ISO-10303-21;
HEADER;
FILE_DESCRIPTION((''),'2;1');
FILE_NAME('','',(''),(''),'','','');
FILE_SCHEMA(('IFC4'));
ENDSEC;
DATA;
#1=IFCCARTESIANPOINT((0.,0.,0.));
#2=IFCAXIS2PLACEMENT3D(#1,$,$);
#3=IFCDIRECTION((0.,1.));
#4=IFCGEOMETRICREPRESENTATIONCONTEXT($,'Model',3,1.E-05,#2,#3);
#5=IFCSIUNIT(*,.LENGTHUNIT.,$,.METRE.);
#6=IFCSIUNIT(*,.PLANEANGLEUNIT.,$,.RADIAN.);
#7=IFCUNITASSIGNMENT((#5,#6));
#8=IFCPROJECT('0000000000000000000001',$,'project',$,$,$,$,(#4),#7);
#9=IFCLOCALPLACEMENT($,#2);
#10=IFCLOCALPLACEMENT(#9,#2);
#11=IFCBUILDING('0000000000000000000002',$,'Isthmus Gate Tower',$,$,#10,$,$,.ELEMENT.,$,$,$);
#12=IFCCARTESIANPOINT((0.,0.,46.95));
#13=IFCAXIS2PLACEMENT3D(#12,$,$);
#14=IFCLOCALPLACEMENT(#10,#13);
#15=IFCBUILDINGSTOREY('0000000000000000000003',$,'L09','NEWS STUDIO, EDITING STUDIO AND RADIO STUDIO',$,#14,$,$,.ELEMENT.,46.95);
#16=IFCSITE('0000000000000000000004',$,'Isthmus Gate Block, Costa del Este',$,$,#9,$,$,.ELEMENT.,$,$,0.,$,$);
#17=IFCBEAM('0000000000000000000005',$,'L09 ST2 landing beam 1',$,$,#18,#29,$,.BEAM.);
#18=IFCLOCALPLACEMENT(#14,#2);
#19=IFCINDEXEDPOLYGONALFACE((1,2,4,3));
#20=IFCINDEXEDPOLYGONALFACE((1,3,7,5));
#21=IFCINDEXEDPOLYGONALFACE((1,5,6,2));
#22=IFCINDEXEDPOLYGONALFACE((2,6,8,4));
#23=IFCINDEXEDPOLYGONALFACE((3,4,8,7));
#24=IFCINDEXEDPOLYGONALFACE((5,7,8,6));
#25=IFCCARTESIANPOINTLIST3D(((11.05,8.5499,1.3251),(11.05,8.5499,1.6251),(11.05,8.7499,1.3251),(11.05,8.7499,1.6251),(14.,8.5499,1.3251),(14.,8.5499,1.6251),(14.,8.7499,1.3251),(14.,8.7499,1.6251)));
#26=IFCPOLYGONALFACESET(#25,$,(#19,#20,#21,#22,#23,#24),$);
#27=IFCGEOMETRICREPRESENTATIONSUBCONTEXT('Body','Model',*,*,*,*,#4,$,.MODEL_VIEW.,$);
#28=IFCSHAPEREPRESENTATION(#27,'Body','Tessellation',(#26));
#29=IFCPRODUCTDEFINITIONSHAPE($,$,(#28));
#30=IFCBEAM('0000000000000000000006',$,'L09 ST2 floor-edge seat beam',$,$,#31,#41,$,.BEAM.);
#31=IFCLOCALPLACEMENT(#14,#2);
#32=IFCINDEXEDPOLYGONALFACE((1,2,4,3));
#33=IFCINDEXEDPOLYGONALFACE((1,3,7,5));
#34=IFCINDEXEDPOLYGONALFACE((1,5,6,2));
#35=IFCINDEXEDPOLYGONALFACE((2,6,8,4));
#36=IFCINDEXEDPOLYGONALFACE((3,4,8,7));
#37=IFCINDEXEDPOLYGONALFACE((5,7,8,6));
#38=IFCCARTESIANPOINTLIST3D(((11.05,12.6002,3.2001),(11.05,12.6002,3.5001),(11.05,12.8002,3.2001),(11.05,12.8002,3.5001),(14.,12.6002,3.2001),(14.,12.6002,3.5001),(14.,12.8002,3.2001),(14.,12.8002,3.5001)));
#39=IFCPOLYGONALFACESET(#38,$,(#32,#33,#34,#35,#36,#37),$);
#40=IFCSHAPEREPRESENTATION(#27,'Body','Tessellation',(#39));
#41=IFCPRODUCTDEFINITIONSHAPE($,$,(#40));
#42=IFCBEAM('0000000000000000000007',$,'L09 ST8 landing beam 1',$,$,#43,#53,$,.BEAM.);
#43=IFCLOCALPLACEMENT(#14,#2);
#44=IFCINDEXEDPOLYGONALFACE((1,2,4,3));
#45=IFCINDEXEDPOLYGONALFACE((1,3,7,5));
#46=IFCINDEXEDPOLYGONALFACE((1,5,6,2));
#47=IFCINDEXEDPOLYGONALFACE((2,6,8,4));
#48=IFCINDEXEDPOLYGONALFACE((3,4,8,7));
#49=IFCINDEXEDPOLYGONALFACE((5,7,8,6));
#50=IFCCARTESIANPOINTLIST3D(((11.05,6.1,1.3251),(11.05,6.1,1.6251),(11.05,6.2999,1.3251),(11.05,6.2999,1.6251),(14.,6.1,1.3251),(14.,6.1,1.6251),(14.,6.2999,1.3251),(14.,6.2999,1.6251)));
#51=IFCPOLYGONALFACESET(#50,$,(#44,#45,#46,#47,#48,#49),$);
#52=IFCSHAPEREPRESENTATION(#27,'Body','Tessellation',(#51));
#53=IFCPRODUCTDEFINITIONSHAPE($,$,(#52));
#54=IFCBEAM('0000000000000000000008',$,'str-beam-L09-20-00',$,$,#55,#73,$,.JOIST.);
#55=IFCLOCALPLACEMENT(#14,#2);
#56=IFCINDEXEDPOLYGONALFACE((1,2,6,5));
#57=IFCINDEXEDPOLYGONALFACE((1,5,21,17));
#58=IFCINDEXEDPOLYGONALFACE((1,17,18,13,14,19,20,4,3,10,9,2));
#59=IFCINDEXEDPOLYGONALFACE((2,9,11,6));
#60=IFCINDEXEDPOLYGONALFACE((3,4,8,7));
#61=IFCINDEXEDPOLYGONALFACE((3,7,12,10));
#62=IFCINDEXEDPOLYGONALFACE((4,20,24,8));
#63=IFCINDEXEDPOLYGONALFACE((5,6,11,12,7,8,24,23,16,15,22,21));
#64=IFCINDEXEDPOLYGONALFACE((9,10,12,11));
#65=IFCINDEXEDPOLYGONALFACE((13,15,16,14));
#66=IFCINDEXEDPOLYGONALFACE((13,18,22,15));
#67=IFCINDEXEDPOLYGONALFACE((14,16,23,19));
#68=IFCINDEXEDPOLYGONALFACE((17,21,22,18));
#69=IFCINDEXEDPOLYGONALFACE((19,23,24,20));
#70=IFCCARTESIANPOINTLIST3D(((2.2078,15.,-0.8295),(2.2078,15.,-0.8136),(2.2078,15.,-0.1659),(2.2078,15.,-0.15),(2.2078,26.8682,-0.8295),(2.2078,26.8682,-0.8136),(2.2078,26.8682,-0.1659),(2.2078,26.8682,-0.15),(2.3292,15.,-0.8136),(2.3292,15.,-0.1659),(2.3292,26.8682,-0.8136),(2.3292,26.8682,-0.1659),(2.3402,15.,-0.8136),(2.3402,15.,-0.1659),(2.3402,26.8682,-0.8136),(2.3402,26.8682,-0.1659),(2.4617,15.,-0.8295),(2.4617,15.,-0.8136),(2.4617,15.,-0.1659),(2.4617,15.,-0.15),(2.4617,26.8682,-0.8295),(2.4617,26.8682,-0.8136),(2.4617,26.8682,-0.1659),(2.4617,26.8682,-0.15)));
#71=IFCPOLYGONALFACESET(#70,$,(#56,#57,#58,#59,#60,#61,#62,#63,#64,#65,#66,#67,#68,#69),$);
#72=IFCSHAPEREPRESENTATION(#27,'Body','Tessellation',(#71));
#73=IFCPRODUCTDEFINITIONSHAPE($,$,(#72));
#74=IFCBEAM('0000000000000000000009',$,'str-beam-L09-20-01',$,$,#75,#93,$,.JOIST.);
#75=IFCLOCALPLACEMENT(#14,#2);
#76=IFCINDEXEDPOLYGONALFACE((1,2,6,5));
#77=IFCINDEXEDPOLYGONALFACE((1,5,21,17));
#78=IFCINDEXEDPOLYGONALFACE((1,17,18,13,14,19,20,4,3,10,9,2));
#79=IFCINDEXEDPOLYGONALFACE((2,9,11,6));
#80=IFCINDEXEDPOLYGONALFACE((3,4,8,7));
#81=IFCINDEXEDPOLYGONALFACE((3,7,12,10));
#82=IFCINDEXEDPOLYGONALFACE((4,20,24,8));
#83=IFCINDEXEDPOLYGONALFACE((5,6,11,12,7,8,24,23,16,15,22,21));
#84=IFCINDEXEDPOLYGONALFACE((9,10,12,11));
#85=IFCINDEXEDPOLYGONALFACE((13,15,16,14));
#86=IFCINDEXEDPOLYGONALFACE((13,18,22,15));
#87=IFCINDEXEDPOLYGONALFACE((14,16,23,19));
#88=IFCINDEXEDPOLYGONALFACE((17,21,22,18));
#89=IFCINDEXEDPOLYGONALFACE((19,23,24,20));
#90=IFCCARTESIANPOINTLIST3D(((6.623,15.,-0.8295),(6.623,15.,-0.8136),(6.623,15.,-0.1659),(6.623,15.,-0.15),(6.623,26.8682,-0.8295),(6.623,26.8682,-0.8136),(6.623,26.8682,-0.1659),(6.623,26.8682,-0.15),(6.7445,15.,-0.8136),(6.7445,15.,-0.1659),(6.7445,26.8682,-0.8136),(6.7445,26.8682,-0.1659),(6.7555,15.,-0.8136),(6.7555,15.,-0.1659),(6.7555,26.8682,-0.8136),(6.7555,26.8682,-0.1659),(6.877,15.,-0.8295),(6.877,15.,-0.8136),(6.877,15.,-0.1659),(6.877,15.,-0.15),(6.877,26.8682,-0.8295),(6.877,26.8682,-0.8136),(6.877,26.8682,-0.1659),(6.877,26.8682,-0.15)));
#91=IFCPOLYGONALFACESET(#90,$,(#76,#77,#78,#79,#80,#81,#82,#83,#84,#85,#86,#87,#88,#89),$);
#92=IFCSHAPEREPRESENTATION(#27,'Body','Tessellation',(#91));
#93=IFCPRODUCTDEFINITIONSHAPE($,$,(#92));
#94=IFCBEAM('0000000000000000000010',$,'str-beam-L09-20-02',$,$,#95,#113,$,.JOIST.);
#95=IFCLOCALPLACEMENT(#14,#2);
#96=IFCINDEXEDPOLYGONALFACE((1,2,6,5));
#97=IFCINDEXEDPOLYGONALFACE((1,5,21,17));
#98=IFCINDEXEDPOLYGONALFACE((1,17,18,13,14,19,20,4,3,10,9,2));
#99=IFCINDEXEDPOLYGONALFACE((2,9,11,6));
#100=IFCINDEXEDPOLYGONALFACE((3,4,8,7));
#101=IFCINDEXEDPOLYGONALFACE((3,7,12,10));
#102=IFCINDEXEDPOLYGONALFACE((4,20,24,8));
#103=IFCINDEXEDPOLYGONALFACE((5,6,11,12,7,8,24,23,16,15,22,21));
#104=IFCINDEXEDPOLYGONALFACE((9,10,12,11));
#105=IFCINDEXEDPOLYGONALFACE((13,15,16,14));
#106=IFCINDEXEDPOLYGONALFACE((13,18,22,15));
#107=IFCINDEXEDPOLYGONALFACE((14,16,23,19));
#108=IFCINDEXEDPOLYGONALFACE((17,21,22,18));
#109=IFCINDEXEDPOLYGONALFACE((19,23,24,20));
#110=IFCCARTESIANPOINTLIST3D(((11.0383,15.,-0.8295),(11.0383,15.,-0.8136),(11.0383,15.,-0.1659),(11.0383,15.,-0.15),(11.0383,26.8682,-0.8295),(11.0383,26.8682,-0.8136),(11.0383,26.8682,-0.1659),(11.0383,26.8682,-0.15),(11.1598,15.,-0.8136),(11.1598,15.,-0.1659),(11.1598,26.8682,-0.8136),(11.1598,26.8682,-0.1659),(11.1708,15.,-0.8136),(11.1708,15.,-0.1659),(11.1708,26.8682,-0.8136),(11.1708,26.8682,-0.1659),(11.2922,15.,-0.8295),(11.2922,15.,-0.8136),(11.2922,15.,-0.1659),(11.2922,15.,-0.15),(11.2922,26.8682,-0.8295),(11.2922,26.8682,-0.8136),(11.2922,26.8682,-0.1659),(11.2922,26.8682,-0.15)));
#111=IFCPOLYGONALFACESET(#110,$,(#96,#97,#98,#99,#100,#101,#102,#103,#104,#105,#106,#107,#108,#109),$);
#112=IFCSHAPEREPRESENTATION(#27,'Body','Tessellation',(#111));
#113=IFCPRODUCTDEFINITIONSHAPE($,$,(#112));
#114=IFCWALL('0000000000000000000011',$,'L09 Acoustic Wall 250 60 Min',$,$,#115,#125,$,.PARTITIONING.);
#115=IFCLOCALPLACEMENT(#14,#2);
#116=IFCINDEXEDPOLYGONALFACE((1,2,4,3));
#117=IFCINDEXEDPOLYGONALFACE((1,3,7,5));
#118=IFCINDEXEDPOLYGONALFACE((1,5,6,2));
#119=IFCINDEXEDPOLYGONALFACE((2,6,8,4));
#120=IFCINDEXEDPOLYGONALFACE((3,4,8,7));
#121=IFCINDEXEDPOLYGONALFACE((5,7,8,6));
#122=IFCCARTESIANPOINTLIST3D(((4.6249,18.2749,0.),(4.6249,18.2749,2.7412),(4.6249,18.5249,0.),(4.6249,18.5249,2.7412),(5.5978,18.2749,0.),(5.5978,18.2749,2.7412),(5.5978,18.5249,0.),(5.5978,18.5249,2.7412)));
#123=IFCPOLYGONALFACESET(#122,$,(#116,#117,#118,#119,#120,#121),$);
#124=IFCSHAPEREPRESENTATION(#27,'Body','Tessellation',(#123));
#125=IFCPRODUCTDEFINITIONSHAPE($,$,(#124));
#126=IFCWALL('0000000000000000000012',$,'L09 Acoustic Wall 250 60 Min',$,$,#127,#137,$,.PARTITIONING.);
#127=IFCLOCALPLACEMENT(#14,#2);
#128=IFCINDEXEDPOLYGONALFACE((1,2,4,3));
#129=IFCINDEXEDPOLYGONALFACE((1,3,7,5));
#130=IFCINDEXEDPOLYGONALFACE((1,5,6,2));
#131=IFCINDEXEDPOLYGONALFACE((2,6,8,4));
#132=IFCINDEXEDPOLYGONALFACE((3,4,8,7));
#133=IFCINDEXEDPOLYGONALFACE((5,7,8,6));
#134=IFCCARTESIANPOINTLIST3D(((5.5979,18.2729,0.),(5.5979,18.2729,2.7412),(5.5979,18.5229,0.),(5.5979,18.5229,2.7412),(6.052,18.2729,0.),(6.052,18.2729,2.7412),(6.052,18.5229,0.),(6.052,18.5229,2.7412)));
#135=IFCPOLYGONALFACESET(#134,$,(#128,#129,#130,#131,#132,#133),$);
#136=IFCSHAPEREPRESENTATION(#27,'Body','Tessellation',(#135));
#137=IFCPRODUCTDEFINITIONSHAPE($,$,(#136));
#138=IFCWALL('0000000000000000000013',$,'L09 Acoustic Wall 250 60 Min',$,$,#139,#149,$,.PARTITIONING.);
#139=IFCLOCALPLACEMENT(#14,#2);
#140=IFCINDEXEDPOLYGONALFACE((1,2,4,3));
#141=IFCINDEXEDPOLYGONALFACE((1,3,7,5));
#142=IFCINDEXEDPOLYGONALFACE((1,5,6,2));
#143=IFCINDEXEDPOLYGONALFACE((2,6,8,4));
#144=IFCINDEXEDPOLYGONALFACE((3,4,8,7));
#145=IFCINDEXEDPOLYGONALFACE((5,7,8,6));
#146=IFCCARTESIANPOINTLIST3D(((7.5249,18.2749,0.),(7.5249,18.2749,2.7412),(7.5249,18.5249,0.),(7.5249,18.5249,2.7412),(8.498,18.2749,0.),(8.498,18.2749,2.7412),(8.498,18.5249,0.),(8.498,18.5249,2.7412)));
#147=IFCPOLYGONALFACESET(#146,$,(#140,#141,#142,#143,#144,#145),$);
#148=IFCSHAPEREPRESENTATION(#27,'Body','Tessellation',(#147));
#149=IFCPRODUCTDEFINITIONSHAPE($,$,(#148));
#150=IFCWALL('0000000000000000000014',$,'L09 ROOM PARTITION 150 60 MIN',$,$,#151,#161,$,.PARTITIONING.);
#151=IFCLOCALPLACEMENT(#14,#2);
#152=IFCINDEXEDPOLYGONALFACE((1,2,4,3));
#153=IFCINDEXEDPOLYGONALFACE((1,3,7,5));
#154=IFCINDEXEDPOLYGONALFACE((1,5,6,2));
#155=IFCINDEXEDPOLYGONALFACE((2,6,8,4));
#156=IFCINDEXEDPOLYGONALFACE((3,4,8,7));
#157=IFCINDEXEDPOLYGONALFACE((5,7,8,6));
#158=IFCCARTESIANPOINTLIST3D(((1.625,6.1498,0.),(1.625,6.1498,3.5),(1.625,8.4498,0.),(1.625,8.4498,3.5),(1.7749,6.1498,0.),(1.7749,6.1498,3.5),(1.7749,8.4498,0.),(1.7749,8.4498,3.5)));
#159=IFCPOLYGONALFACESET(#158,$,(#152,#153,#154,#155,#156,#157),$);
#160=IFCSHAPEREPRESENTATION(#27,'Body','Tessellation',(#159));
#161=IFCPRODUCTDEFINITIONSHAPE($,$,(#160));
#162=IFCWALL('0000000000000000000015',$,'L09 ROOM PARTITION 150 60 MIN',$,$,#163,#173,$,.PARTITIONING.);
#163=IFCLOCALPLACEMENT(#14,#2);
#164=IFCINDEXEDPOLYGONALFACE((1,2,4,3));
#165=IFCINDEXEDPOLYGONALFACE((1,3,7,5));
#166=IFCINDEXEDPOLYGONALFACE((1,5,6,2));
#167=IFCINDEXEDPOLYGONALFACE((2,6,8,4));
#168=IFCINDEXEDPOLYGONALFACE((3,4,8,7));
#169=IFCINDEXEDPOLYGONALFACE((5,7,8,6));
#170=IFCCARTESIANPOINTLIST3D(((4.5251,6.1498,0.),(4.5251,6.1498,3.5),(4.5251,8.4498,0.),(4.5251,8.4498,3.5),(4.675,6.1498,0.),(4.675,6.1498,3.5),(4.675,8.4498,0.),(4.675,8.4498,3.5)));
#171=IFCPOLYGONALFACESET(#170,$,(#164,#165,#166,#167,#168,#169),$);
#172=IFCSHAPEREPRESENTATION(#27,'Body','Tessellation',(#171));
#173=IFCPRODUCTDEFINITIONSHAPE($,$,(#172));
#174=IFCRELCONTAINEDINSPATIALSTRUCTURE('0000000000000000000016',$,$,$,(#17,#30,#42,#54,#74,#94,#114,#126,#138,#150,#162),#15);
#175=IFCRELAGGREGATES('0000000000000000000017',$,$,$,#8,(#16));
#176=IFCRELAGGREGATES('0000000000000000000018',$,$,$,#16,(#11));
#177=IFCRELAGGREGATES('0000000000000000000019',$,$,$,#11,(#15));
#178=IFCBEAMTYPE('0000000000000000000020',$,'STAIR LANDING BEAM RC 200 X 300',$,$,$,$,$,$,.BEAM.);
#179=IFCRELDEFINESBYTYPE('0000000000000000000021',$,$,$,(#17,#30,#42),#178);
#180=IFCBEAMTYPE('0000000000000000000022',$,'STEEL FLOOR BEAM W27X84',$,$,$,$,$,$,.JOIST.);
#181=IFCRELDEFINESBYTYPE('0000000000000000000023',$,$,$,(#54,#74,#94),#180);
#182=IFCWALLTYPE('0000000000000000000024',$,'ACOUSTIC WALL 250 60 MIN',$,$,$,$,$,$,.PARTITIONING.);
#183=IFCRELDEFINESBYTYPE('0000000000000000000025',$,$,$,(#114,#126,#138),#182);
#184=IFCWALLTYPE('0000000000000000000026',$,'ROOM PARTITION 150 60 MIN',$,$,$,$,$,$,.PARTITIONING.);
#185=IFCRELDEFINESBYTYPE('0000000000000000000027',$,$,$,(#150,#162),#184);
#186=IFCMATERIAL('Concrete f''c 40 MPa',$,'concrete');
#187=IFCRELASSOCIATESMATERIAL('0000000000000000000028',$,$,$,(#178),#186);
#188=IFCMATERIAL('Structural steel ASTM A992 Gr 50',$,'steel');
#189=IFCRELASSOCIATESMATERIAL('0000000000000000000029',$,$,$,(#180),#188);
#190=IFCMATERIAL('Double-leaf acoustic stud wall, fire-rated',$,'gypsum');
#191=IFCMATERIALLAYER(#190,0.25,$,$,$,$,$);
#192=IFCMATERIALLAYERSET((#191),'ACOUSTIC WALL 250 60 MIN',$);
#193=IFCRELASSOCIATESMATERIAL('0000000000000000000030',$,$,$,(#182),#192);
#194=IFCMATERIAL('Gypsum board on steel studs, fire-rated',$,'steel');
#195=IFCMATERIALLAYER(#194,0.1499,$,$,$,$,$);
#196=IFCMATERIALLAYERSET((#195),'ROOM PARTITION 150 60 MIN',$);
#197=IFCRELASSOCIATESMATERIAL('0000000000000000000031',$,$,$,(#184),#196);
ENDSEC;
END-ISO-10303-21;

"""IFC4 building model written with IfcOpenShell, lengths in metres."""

from ifc_helpers import new_model, si_unit, direction, frame, frame_2d, origin, origin_2d, place, context, subcontext, project, spatial, rectangle, i_section, extrude, material, layer, layer_set, material_profile, profile_set, type_object, element, save


model = new_model("IFC4")

# Units and contexts
model_context = context("Model", 3, precision=1e-05, world=origin(), true_north=direction((0.0, 1.0)))
body_context = subcontext(model_context, "Body", "Model", "MODEL_VIEW")
ifc_project = project(units=[si_unit("LENGTHUNIT", "METRE"), si_unit("PLANEANGLEUNIT", "RADIAN")], contexts=[model_context])

# Site, building, storey
site_placement = place(None, origin())
site = spatial("IfcSite", under=ifc_project, at=site_placement, Name="Isthmus Gate Block, Costa del Este", CompositionType="ELEMENT", RefElevation=0.0)
building_placement = place(site_placement, origin())
building = spatial("IfcBuilding", under=site, at=building_placement, Name="Isthmus Gate Tower", CompositionType="ELEMENT")
storey_placement = place(building_placement, frame((0.0, 0.0, 46.95)))
storey = spatial("IfcBuildingStorey", under=building, at=storey_placement, Name="L09", Description="NEWS STUDIO, EDITING STUDIO AND RADIO STUDIO", CompositionType="ELEMENT", Elevation=46.95)

# Beams
ifc_material_1 = material(Name="Concrete f'c 40 MPa", Category="concrete")
ifc_material_profile_1 = material_profile(ifc_material_1, rectangle(XDim=0.2, YDim=0.3, at=origin_2d()), Name="STAIR LANDING BEAM RC 200 X 300")
ifc_profile_set_1 = profile_set([ifc_material_profile_1], Name="Concrete f'c 40 MPa")
beam_type_1 = type_object("IfcBeamType", Name="STAIR LANDING BEAM RC 200 X 300", PredefinedType="BEAM", material=ifc_profile_set_1)
for number, where, z_axis, x_axis, name in (
    (1, (11.05, 8.6499, 1.4751), (1.0, 0.0, 0.0), (0.0, 1.0, 0.0), "L09 ST2 landing beam 1"),
    (2, (11.05, 12.7002, 3.3501), (1.0, 0.0, 0.0), (0.0, 1.0, 0.0), "L09 ST2 floor-edge seat beam"),
    (3, (11.05, 6.2, 1.4751), (1.0, 0.0, 0.0), (0.0, 1.0, 0.0), "L09 ST8 landing beam 1"),
):
    element("IfcBeam", number, at=place(storey_placement, frame(where, z_axis=z_axis, x_axis=x_axis)), inside=storey, type_object=beam_type_1, Name=name, PredefinedType="BEAM", context=body_context, shape_type="SweptSolid", body=[
        extrude(rectangle(XDim=0.2, YDim=0.3, at=origin_2d()), origin(), (0.0, 0.0, 1.0), 2.95),
    ])
ifc_material_2 = material(Name="Structural steel ASTM A992 Gr 50", Category="steel")
ifc_material_profile_2 = material_profile(ifc_material_2, i_section(OverallWidth=0.2539, OverallDepth=0.6794, WebThickness=0.011, FlangeThickness=0.0159, at=origin_2d()), Name="W27X84")
ifc_profile_set_2 = profile_set([ifc_material_profile_2], Name="Structural steel ASTM A992 Gr 50")
beam_type_2 = type_object("IfcBeamType", Name="STEEL FLOOR BEAM W27X84", PredefinedType="JOIST", material=ifc_profile_set_2)
for number, where, z_axis, x_axis, name in (
    (4, (2.3347, 15.0, -0.4897), (0.0, 1.0, 0.0), (-1.0, 0.0, 0.0), "str-beam-L09-20-00"),
    (5, (6.75, 15.0, -0.4897), (0.0, 1.0, 0.0), (-1.0, 0.0, 0.0), "str-beam-L09-20-01"),
    (6, (11.1653, 15.0, -0.4897), (0.0, 1.0, 0.0), (-1.0, 0.0, 0.0), "str-beam-L09-20-02"),
):
    element("IfcBeam", number, at=place(storey_placement, frame(where, z_axis=z_axis, x_axis=x_axis)), inside=storey, type_object=beam_type_2, Name=name, PredefinedType="JOIST", context=body_context, shape_type="SweptSolid", body=[
        extrude(i_section(OverallWidth=0.2539, OverallDepth=0.6794, WebThickness=0.011, FlangeThickness=0.0159, at=origin_2d()), origin(), (0.0, 0.0, 1.0), 11.8682),
    ])

# Walls
ifc_material_3 = material(Name="Double-leaf acoustic stud wall, fire-rated", Category="gypsum")
ifc_layer_1 = layer(ifc_material_3, 0.25)
ifc_layer_set_1 = layer_set([ifc_layer_1], Name="ACOUSTIC WALL 250 60 MIN")
wall_type_1 = type_object("IfcWallType", Name="ACOUSTIC WALL 250 60 MIN", PredefinedType="PARTITIONING", material=ifc_layer_set_1)
wall_1_placement = place(storey_placement, frame((4.625, 18.3999, 0.0), z_axis=(0.0, 0.0, 1.0), x_axis=(1.0, 0.0, 0.0)))
element("IfcWall", 7, at=wall_1_placement, inside=storey, type_object=wall_type_1, Name="L09 Acoustic Wall 250 60 Min", PredefinedType="PARTITIONING", context=body_context, shape_type="SweptSolid", body=[
    extrude(rectangle(XDim=0.9729, YDim=0.25, at=frame_2d((0.4863, 0.0))), origin(), (0.0, 0.0, 1.0), 2.7412),
])
wall_2_placement = place(storey_placement, frame((5.5979, 18.3979, 0.0), z_axis=(0.0, 0.0, 1.0), x_axis=(1.0, 0.0, 0.0)))
element("IfcWall", 8, at=wall_2_placement, inside=storey, type_object=wall_type_1, Name="L09 Acoustic Wall 250 60 Min", PredefinedType="PARTITIONING", context=body_context, shape_type="SweptSolid", body=[
    extrude(rectangle(XDim=0.4541, YDim=0.25, at=frame_2d((0.2271, 0.0))), origin(), (0.0, 0.0, 1.0), 2.7412),
])
wall_3_placement = place(storey_placement, frame((7.5249, 18.3999, 0.0), z_axis=(0.0, 0.0, 1.0), x_axis=(1.0, 0.0, 0.0)))
element("IfcWall", 9, at=wall_3_placement, inside=storey, type_object=wall_type_1, Name="L09 Acoustic Wall 250 60 Min", PredefinedType="PARTITIONING", context=body_context, shape_type="SweptSolid", body=[
    extrude(rectangle(XDim=0.9731, YDim=0.25, at=frame_2d((0.4866, 0.0))), origin(), (0.0, 0.0, 1.0), 2.7412),
])
ifc_material_4 = material(Name="Gypsum board on steel studs, fire-rated", Category="steel")
ifc_layer_2 = layer(ifc_material_4, 0.1499)
ifc_layer_set_2 = layer_set([ifc_layer_2], Name="ROOM PARTITION 150 60 MIN")
wall_type_2 = type_object("IfcWallType", Name="ROOM PARTITION 150 60 MIN", PredefinedType="PARTITIONING", material=ifc_layer_set_2)
for number, where, z_axis, x_axis, name in (
    (10, (1.7, 6.1499, 0.0), (0.0, 0.0, 1.0), (0.0, 1.0, 0.0), "L09 ROOM PARTITION 150 60 MIN"),
    (11, (4.6001, 6.1499, 0.0), (0.0, 0.0, 1.0), (0.0, 1.0, 0.0), "L09 ROOM PARTITION 150 60 MIN"),
):
    element("IfcWall", number, at=place(storey_placement, frame(where, z_axis=z_axis, x_axis=x_axis)), inside=storey, type_object=wall_type_2, Name=name, PredefinedType="PARTITIONING", context=body_context, shape_type="SweptSolid", body=[
        extrude(rectangle(XDim=2.3, YDim=0.1499, at=frame_2d((1.1499, 0.0))), origin(), (0.0, 0.0, 1.0), 3.5),
    ])

save(model, "model.ifc")
